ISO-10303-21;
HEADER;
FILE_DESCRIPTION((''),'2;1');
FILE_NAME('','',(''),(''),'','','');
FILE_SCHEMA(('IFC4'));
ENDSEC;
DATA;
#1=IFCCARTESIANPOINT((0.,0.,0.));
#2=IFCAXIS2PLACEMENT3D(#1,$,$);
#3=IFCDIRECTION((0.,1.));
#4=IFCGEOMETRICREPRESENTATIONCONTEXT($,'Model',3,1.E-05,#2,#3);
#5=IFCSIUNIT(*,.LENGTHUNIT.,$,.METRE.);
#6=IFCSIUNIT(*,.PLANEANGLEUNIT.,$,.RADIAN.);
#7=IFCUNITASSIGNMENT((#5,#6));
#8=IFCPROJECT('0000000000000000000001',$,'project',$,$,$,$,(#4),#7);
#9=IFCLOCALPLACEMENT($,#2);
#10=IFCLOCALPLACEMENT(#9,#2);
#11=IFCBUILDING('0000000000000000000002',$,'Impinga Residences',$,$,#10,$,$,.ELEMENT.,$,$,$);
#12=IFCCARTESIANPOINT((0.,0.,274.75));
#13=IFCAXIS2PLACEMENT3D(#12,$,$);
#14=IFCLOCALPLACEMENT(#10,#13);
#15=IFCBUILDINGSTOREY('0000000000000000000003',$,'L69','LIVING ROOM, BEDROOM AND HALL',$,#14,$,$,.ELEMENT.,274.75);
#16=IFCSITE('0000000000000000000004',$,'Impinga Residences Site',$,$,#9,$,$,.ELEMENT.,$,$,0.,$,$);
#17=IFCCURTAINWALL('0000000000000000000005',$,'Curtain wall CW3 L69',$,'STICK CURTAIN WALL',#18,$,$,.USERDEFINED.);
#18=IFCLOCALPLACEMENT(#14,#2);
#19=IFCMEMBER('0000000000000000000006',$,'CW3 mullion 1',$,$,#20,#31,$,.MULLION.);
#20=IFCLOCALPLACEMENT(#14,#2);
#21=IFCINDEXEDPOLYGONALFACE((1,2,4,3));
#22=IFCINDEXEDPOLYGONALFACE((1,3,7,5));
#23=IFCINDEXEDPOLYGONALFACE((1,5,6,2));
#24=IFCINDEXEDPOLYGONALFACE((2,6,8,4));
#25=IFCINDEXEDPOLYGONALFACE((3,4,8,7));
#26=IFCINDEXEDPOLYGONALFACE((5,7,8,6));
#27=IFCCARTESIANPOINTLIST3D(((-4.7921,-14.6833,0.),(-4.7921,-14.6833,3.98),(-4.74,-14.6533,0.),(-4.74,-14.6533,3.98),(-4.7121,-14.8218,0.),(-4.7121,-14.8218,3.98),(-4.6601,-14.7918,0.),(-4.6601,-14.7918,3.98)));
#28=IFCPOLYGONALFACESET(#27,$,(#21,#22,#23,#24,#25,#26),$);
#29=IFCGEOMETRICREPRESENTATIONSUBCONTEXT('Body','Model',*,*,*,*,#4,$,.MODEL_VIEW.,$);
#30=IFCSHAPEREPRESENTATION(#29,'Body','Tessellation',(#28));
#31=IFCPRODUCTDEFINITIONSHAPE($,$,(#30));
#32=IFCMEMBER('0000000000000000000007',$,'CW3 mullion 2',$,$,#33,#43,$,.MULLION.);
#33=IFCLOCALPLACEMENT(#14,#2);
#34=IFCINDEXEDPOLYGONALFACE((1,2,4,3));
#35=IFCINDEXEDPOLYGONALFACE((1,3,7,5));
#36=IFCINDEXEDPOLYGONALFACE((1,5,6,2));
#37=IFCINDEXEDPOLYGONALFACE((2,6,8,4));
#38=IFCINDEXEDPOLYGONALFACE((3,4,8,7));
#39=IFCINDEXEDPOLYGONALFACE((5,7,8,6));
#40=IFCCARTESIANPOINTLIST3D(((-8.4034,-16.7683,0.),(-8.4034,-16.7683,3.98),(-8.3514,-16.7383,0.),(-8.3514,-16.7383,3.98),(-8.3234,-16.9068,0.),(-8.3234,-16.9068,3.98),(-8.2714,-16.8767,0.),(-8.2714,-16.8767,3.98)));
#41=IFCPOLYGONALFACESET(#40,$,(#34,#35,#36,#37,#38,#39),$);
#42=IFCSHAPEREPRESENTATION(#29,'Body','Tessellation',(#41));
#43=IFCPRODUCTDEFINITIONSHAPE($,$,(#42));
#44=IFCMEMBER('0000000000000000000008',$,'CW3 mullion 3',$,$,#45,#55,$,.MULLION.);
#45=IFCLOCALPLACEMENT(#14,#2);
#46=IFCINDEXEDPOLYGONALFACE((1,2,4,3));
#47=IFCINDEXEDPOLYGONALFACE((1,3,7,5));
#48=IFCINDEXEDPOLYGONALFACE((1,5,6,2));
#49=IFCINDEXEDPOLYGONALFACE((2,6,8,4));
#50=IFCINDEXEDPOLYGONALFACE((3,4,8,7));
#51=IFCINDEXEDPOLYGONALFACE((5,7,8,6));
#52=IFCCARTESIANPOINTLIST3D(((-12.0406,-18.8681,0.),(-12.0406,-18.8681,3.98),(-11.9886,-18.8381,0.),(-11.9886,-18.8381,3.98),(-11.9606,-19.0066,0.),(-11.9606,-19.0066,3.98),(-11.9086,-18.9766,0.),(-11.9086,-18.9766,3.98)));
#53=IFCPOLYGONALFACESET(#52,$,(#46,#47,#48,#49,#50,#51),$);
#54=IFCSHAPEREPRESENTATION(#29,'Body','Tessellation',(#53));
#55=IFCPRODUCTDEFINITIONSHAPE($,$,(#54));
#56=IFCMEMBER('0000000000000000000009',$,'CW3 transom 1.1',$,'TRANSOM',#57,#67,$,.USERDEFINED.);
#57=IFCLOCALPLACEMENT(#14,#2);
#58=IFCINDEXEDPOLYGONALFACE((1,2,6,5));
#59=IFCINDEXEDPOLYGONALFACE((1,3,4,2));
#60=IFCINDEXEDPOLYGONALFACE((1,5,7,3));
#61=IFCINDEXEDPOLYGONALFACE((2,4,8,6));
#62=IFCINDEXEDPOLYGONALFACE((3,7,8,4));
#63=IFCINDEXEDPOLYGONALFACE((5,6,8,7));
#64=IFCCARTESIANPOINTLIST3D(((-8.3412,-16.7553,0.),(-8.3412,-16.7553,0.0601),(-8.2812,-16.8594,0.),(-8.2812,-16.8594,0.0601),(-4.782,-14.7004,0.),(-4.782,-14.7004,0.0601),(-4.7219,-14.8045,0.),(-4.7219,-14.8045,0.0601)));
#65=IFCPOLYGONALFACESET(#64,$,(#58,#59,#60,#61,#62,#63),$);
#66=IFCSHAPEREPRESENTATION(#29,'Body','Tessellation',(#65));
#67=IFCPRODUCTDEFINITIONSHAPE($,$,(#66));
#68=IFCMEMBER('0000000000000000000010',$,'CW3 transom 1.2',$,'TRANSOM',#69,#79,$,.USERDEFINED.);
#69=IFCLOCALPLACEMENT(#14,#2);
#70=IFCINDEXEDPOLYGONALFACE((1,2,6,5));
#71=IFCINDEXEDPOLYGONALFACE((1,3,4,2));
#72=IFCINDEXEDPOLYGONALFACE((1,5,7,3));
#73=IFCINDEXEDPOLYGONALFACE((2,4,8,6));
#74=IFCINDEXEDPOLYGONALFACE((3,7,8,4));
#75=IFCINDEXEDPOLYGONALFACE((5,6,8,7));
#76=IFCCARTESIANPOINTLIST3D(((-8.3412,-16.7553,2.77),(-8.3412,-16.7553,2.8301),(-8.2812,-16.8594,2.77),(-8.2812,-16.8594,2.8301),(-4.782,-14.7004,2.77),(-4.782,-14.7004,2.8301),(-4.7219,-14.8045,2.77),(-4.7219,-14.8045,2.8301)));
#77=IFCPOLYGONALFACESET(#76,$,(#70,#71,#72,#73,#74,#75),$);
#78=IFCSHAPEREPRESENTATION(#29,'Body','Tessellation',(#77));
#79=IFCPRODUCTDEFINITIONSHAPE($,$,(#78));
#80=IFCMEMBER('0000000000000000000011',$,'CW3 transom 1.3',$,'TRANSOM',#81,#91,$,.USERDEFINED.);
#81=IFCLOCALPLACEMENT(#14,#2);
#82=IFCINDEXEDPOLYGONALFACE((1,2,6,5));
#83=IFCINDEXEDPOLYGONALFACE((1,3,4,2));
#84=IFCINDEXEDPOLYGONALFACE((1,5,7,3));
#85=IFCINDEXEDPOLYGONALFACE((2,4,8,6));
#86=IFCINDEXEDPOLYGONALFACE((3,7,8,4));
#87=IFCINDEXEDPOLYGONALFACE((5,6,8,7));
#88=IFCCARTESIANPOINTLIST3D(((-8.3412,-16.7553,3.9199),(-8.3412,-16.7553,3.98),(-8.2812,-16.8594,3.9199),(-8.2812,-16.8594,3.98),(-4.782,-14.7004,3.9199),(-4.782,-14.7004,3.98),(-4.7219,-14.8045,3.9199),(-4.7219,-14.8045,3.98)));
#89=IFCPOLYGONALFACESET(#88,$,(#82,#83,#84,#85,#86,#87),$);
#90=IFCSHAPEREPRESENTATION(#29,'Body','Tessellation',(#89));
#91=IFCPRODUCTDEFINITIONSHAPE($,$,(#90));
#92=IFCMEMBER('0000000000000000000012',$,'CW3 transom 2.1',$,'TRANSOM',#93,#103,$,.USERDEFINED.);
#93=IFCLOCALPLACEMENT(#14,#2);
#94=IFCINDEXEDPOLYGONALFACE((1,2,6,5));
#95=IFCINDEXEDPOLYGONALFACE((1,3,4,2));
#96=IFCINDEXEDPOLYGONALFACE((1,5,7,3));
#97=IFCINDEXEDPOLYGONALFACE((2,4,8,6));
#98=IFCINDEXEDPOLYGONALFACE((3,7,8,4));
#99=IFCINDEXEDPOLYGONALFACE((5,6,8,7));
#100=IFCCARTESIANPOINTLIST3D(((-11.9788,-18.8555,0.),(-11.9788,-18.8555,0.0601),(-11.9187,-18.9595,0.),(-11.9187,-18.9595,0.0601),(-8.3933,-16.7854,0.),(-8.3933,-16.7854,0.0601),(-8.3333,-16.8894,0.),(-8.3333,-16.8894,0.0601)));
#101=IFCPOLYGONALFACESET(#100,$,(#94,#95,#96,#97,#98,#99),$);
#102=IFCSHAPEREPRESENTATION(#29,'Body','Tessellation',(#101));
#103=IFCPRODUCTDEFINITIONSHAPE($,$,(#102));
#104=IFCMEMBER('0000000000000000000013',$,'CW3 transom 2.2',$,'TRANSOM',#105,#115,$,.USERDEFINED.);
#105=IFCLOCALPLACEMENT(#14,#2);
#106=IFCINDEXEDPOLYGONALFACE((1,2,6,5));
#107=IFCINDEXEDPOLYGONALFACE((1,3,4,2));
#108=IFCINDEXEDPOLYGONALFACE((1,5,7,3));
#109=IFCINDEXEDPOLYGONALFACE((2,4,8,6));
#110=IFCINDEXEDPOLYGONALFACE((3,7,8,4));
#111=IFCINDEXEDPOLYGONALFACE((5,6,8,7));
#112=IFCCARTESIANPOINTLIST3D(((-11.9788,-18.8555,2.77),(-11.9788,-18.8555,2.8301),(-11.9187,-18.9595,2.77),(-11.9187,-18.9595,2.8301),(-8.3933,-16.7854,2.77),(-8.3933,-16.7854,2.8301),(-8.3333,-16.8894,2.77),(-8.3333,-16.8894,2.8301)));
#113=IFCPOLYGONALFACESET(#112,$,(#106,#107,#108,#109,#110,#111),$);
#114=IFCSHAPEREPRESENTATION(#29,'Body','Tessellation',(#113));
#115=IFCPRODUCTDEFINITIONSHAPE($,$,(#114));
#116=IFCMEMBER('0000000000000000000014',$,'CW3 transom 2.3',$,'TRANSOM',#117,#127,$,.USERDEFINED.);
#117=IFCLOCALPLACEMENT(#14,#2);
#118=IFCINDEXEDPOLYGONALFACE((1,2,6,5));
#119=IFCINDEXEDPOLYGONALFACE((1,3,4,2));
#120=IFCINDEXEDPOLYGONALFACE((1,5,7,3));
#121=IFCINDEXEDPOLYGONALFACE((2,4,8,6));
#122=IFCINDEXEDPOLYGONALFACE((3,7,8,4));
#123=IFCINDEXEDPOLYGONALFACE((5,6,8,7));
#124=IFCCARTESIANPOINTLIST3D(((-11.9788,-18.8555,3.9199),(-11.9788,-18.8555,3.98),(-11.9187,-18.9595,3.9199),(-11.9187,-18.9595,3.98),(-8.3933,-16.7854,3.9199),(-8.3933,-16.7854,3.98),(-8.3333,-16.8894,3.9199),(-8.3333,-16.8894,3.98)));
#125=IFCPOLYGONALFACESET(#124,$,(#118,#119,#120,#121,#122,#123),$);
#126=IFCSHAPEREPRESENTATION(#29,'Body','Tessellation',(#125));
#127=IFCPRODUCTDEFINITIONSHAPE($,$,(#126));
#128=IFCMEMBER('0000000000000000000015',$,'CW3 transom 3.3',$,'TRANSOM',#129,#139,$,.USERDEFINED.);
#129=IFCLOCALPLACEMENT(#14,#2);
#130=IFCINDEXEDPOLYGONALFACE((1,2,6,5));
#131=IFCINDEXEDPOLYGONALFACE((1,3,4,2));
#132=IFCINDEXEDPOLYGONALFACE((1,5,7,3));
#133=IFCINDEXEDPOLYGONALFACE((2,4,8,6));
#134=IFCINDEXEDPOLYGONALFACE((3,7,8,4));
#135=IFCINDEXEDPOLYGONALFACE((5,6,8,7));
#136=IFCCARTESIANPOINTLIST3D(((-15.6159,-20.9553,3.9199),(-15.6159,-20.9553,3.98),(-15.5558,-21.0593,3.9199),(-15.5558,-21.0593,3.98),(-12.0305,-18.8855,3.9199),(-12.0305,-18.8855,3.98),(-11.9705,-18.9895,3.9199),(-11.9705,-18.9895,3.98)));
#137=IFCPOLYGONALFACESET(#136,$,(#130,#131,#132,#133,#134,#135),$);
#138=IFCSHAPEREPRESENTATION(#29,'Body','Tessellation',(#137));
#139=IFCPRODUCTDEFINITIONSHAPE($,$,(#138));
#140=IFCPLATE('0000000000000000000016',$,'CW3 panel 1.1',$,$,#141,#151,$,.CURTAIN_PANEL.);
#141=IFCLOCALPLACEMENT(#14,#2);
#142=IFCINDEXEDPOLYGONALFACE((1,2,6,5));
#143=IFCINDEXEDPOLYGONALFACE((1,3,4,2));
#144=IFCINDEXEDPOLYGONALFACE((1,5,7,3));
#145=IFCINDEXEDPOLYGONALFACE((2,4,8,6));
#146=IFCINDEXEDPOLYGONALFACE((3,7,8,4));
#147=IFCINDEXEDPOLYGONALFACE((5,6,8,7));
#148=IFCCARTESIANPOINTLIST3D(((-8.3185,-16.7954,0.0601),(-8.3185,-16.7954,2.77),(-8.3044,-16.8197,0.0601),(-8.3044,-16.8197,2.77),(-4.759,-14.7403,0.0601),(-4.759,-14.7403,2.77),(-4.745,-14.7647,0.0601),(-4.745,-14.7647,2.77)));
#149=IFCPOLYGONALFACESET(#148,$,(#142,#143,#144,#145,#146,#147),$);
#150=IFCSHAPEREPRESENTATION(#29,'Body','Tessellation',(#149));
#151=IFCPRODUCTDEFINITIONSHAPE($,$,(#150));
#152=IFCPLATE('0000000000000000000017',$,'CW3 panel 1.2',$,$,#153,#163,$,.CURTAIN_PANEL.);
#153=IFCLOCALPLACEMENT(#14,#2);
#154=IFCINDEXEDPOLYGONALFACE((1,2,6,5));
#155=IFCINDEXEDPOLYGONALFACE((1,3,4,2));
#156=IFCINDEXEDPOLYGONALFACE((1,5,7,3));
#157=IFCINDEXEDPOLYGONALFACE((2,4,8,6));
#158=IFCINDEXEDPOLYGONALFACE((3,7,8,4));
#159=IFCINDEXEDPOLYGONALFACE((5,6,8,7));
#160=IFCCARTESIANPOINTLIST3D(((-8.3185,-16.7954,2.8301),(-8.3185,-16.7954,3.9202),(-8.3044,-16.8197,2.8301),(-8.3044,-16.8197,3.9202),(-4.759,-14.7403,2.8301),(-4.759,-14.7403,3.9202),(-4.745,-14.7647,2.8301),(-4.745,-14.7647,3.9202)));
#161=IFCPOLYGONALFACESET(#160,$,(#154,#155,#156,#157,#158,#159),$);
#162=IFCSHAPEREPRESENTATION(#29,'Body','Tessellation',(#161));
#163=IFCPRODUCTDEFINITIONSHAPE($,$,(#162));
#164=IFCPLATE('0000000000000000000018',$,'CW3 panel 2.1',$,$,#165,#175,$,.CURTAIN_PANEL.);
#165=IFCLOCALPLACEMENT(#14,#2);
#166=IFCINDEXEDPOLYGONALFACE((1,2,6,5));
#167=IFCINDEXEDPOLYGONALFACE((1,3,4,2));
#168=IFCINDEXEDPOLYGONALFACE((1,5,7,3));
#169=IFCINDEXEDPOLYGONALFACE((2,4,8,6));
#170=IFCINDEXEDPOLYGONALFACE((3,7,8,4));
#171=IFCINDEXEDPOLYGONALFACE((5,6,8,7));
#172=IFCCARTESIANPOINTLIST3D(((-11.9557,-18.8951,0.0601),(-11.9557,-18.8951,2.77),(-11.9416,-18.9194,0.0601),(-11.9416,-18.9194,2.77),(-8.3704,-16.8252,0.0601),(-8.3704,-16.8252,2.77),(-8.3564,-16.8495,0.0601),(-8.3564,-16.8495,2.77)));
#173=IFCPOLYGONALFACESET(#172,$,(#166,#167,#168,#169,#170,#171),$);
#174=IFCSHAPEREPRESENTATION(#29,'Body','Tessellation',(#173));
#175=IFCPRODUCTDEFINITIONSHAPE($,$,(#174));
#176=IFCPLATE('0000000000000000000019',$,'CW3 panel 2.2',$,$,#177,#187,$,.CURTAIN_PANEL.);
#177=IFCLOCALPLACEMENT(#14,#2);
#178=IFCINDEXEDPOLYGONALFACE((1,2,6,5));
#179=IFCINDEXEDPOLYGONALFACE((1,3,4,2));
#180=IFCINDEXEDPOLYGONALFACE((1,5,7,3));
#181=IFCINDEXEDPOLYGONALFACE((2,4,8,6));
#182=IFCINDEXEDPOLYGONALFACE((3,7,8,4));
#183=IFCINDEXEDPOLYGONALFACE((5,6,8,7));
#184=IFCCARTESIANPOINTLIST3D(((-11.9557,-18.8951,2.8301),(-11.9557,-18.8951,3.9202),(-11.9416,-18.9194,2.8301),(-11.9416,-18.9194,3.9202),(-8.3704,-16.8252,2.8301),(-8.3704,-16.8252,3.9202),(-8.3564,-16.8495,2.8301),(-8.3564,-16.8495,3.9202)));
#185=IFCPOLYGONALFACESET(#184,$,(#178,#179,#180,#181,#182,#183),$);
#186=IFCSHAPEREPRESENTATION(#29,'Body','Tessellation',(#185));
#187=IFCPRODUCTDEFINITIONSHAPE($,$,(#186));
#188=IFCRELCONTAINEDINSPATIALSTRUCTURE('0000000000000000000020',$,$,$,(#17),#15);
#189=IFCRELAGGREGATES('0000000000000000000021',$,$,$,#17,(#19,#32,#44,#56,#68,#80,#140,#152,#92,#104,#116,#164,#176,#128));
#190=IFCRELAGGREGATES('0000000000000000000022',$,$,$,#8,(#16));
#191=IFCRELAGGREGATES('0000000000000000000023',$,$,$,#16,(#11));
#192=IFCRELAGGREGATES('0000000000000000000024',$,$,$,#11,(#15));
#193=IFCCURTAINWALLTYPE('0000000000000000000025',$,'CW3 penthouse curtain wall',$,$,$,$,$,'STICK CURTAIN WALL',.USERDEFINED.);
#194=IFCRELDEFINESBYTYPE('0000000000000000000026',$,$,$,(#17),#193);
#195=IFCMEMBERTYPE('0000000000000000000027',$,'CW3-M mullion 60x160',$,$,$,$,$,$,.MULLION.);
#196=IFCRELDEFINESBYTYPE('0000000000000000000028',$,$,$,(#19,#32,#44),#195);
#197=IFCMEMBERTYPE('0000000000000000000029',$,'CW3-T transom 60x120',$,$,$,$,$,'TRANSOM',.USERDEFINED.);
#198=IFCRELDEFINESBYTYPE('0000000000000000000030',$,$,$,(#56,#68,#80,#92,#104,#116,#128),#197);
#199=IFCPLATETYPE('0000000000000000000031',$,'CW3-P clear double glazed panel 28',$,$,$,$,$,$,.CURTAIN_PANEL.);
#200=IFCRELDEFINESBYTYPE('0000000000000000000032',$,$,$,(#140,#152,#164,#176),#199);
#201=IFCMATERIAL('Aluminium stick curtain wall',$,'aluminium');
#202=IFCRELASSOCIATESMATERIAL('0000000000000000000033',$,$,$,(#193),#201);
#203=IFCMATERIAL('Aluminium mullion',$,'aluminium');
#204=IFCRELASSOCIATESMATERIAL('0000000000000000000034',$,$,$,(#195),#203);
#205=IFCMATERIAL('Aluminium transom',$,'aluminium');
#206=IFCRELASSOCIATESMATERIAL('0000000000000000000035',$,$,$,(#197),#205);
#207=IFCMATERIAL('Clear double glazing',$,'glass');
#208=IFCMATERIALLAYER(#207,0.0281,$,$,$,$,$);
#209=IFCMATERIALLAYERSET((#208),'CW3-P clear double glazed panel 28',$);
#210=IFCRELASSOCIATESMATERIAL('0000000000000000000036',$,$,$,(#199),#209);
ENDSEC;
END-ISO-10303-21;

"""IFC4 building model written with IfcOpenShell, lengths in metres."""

from ifc_helpers import new_model, si_unit, direction, frame, origin, origin_2d, place, context, subcontext, project, spatial, rectangle, extrude, material, layer, layer_set, material_profile, profile_set, type_object, element, aggregate, save


model = new_model("IFC4")

# Units and contexts
model_context = context("Model", 3, precision=1e-05, world=origin(), true_north=direction((0.0, 1.0)))
body_context = subcontext(model_context, "Body", "Model", "MODEL_VIEW")
ifc_project = project(units=[si_unit("LENGTHUNIT", "METRE"), si_unit("PLANEANGLEUNIT", "RADIAN")], contexts=[model_context])

# Site, building, storey
site_placement = place(None, origin())
site = spatial("IfcSite", under=ifc_project, at=site_placement, Name="Impinga Residences Site", CompositionType="ELEMENT", RefElevation=0.0)
building_placement = place(site_placement, origin())
building = spatial("IfcBuilding", under=site, at=building_placement, Name="Impinga Residences", CompositionType="ELEMENT")
storey_placement = place(building_placement, frame((0.0, 0.0, 274.75)))
storey = spatial("IfcBuildingStorey", under=building, at=storey_placement, Name="L69", Description="LIVING ROOM, BEDROOM AND HALL", CompositionType="ELEMENT", Elevation=274.75)

# Curtain wall, members, plates
ifc_material_1 = material(Name="Aluminium stick curtain wall", Category="aluminium")
curtain_wall_type = type_object("IfcCurtainWallType", Name="CW3 penthouse curtain wall", ElementType="STICK CURTAIN WALL", PredefinedType="USERDEFINED", material=ifc_material_1)
curtain_wall_placement = place(storey_placement, origin())
curtain_wall = element("IfcCurtainWall", 1, at=curtain_wall_placement, inside=storey, type_object=curtain_wall_type, Name="Curtain wall CW3 L69", ObjectType="STICK CURTAIN WALL", PredefinedType="USERDEFINED")
ifc_material_2 = material(Name="Aluminium mullion", Category="aluminium")
ifc_material_profile_1 = material_profile(ifc_material_2, rectangle(XDim=0.0601, YDim=0.1599, at=origin_2d()), Name="60x160 mullion")
ifc_profile_set_1 = profile_set([ifc_material_profile_1], Name="Aluminium mullion")
member_type_1 = type_object("IfcMemberType", Name="CW3-M mullion 60x160", PredefinedType="MULLION", material=ifc_profile_set_1)
member_1_placement = place(storey_placement, frame((-4.7261, -14.7375, 0.0), z_axis=(0.0, 0.0, 1.0), x_axis=(-0.866025, -0.5, 0.0)))
member_1 = element("IfcMember", 2, at=member_1_placement, type_object=member_type_1, Name="CW3 mullion 1", PredefinedType="MULLION", context=body_context, shape_type="SweptSolid", body=[
    extrude(rectangle(XDim=0.0601, YDim=0.1599, at=origin_2d()), origin(), (0.0, 0.0, 1.0), 3.98),
])
member_2_placement = place(storey_placement, frame((-8.3374, -16.8225, 0.0), z_axis=(0.0, 0.0, 1.0), x_axis=(-0.866025, -0.5, 0.0)))
member_2 = element("IfcMember", 3, at=member_2_placement, type_object=member_type_1, Name="CW3 mullion 2", PredefinedType="MULLION", context=body_context, shape_type="SweptSolid", body=[
    extrude(rectangle(XDim=0.0601, YDim=0.1599, at=origin_2d()), origin(), (0.0, 0.0, 1.0), 3.98),
])
member_3_placement = place(storey_placement, frame((-11.9746, -18.9224, 0.0), z_axis=(0.0, 0.0, 1.0), x_axis=(-0.866025, -0.5, 0.0)))
member_3 = element("IfcMember", 4, at=member_3_placement, type_object=member_type_1, Name="CW3 mullion 3", PredefinedType="MULLION", context=body_context, shape_type="SweptSolid", body=[
    extrude(rectangle(XDim=0.0601, YDim=0.1599, at=origin_2d()), origin(), (0.0, 0.0, 1.0), 3.98),
])
ifc_material_3 = material(Name="Aluminium transom", Category="aluminium")
ifc_material_profile_2 = material_profile(ifc_material_3, rectangle(XDim=0.0601, YDim=0.1201, at=origin_2d()), Name="60x120 transom")
ifc_profile_set_2 = profile_set([ifc_material_profile_2], Name="Aluminium transom")
member_type_2 = type_object("IfcMemberType", Name="CW3-T transom 60x120", ElementType="TRANSOM", PredefinedType="USERDEFINED", material=ifc_profile_set_2)
member_4_placement = place(storey_placement, frame((-4.752, -14.7524, 0.03), z_axis=(-0.86603, -0.499992, 0.0), x_axis=(0.0, 0.0, 1.0)))
member_4 = element("IfcMember", 5, at=member_4_placement, type_object=member_type_2, Name="CW3 transom 1.1", ObjectType="TRANSOM", PredefinedType="USERDEFINED", context=body_context, shape_type="SweptSolid", body=[
    extrude(rectangle(XDim=0.0601, YDim=0.1201, at=origin_2d()), origin(), (0.0, 0.0, 1.0), 4.1099),
])
member_5_placement = place(storey_placement, frame((-4.752, -14.7524, 2.8), z_axis=(-0.86603, -0.499992, 0.0), x_axis=(0.0, 0.0, 1.0)))
member_5 = element("IfcMember", 6, at=member_5_placement, type_object=member_type_2, Name="CW3 transom 1.2", ObjectType="TRANSOM", PredefinedType="USERDEFINED", context=body_context, shape_type="SweptSolid", body=[
    extrude(rectangle(XDim=0.0601, YDim=0.1201, at=origin_2d()), origin(), (0.0, 0.0, 1.0), 4.1099),
])
member_6_placement = place(storey_placement, frame((-4.752, -14.7524, 3.95), z_axis=(-0.86603, -0.499992, 0.0), x_axis=(0.0, 0.0, 1.0)))
member_6 = element("IfcMember", 7, at=member_6_placement, type_object=member_type_2, Name="CW3 transom 1.3", ObjectType="TRANSOM", PredefinedType="USERDEFINED", context=body_context, shape_type="SweptSolid", body=[
    extrude(rectangle(XDim=0.0601, YDim=0.1201, at=origin_2d()), origin(), (0.0, 0.0, 1.0), 4.1099),
])
member_7_placement = place(storey_placement, frame((-8.3633, -16.8374, 0.03), z_axis=(-0.866025, -0.500002, 0.0), x_axis=(0.0, 0.0, 1.0)))
member_7 = element("IfcMember", 8, at=member_7_placement, type_object=member_type_2, Name="CW3 transom 2.1", ObjectType="TRANSOM", PredefinedType="USERDEFINED", context=body_context, shape_type="SweptSolid", body=[
    extrude(rectangle(XDim=0.0601, YDim=0.1201, at=origin_2d()), origin(), (0.0, 0.0, 1.0), 4.1401),
])
member_8_placement = place(storey_placement, frame((-8.3633, -16.8374, 2.8), z_axis=(-0.866025, -0.500002, 0.0), x_axis=(0.0, 0.0, 1.0)))
member_8 = element("IfcMember", 9, at=member_8_placement, type_object=member_type_2, Name="CW3 transom 2.2", ObjectType="TRANSOM", PredefinedType="USERDEFINED", context=body_context, shape_type="SweptSolid", body=[
    extrude(rectangle(XDim=0.0601, YDim=0.1201, at=origin_2d()), origin(), (0.0, 0.0, 1.0), 4.1401),
])
member_9_placement = place(storey_placement, frame((-8.3633, -16.8374, 3.95), z_axis=(-0.866025, -0.500002, 0.0), x_axis=(0.0, 0.0, 1.0)))
member_9 = element("IfcMember", 10, at=member_9_placement, type_object=member_type_2, Name="CW3 transom 2.3", ObjectType="TRANSOM", PredefinedType="USERDEFINED", context=body_context, shape_type="SweptSolid", body=[
    extrude(rectangle(XDim=0.0601, YDim=0.1201, at=origin_2d()), origin(), (0.0, 0.0, 1.0), 4.1401),
])
member_10_placement = place(storey_placement, frame((-12.0005, -18.9375, 3.95), z_axis=(-0.86605, -0.499957, 0.0), x_axis=(0.0, 0.0, 1.0)))
member_10 = element("IfcMember", 11, at=member_10_placement, type_object=member_type_2, Name="CW3 transom 3.3", ObjectType="TRANSOM", PredefinedType="USERDEFINED", context=body_context, shape_type="SweptSolid", body=[
    extrude(rectangle(XDim=0.0601, YDim=0.1201, at=origin_2d()), origin(), (0.0, 0.0, 1.0), 4.1399),
])
ifc_material_4 = material(Name="Clear double glazing", Category="glass")
ifc_layer_1 = layer(ifc_material_4, 0.0281)
ifc_layer_set_1 = layer_set([ifc_layer_1], Name="CW3-P clear double glazed panel 28")
plate_type = type_object("IfcPlateType", Name="CW3-P clear double glazed panel 28", PredefinedType="CURTAIN_PANEL", material=ifc_layer_set_1)
plate_1_placement = place(storey_placement, frame((-6.5317, -15.78, 0.0601), z_axis=(0.0, 0.0, 1.0), x_axis=(-0.866025, -0.5, 0.0)))
plate_1 = element("IfcPlate", 12, at=plate_1_placement, type_object=plate_type, Name="CW3 panel 1.1", PredefinedType="CURTAIN_PANEL", context=body_context, shape_type="SweptSolid", body=[
    extrude(rectangle(XDim=4.1101, YDim=0.0281, at=origin_2d()), origin(), (0.0, 0.0, 1.0), 2.71),
])
plate_2_placement = place(storey_placement, frame((-6.5317, -15.78, 2.8301), z_axis=(0.0, 0.0, 1.0), x_axis=(-0.866025, -0.5, 0.0)))
plate_2 = element("IfcPlate", 13, at=plate_2_placement, type_object=plate_type, Name="CW3 panel 1.2", PredefinedType="CURTAIN_PANEL", context=body_context, shape_type="SweptSolid", body=[
    extrude(rectangle(XDim=4.1101, YDim=0.0281, at=origin_2d()), origin(), (0.0, 0.0, 1.0), 1.0901),
])
plate_3_placement = place(storey_placement, frame((-10.156, -17.8723, 0.0601), z_axis=(0.0, 0.0, 1.0), x_axis=(-0.866025, -0.5, 0.0)))
plate_3 = element("IfcPlate", 14, at=plate_3_placement, type_object=plate_type, Name="CW3 panel 2.1", PredefinedType="CURTAIN_PANEL", context=body_context, shape_type="SweptSolid", body=[
    extrude(rectangle(XDim=4.1399, YDim=0.0281, at=origin_2d()), origin(), (0.0, 0.0, 1.0), 2.71),
])
plate_4_placement = place(storey_placement, frame((-10.156, -17.8723, 2.8301), z_axis=(0.0, 0.0, 1.0), x_axis=(-0.866025, -0.5, 0.0)))
plate_4 = element("IfcPlate", 15, at=plate_4_placement, type_object=plate_type, Name="CW3 panel 2.2", PredefinedType="CURTAIN_PANEL", context=body_context, shape_type="SweptSolid", body=[
    extrude(rectangle(XDim=4.1399, YDim=0.0281, at=origin_2d()), origin(), (0.0, 0.0, 1.0), 1.0901),
])
aggregate(curtain_wall, [member_1, member_2, member_3, member_4, member_5, member_6, plate_1, plate_2, member_7, member_8, member_9, plate_3, plate_4, member_10])

save(model, "model.ifc")
